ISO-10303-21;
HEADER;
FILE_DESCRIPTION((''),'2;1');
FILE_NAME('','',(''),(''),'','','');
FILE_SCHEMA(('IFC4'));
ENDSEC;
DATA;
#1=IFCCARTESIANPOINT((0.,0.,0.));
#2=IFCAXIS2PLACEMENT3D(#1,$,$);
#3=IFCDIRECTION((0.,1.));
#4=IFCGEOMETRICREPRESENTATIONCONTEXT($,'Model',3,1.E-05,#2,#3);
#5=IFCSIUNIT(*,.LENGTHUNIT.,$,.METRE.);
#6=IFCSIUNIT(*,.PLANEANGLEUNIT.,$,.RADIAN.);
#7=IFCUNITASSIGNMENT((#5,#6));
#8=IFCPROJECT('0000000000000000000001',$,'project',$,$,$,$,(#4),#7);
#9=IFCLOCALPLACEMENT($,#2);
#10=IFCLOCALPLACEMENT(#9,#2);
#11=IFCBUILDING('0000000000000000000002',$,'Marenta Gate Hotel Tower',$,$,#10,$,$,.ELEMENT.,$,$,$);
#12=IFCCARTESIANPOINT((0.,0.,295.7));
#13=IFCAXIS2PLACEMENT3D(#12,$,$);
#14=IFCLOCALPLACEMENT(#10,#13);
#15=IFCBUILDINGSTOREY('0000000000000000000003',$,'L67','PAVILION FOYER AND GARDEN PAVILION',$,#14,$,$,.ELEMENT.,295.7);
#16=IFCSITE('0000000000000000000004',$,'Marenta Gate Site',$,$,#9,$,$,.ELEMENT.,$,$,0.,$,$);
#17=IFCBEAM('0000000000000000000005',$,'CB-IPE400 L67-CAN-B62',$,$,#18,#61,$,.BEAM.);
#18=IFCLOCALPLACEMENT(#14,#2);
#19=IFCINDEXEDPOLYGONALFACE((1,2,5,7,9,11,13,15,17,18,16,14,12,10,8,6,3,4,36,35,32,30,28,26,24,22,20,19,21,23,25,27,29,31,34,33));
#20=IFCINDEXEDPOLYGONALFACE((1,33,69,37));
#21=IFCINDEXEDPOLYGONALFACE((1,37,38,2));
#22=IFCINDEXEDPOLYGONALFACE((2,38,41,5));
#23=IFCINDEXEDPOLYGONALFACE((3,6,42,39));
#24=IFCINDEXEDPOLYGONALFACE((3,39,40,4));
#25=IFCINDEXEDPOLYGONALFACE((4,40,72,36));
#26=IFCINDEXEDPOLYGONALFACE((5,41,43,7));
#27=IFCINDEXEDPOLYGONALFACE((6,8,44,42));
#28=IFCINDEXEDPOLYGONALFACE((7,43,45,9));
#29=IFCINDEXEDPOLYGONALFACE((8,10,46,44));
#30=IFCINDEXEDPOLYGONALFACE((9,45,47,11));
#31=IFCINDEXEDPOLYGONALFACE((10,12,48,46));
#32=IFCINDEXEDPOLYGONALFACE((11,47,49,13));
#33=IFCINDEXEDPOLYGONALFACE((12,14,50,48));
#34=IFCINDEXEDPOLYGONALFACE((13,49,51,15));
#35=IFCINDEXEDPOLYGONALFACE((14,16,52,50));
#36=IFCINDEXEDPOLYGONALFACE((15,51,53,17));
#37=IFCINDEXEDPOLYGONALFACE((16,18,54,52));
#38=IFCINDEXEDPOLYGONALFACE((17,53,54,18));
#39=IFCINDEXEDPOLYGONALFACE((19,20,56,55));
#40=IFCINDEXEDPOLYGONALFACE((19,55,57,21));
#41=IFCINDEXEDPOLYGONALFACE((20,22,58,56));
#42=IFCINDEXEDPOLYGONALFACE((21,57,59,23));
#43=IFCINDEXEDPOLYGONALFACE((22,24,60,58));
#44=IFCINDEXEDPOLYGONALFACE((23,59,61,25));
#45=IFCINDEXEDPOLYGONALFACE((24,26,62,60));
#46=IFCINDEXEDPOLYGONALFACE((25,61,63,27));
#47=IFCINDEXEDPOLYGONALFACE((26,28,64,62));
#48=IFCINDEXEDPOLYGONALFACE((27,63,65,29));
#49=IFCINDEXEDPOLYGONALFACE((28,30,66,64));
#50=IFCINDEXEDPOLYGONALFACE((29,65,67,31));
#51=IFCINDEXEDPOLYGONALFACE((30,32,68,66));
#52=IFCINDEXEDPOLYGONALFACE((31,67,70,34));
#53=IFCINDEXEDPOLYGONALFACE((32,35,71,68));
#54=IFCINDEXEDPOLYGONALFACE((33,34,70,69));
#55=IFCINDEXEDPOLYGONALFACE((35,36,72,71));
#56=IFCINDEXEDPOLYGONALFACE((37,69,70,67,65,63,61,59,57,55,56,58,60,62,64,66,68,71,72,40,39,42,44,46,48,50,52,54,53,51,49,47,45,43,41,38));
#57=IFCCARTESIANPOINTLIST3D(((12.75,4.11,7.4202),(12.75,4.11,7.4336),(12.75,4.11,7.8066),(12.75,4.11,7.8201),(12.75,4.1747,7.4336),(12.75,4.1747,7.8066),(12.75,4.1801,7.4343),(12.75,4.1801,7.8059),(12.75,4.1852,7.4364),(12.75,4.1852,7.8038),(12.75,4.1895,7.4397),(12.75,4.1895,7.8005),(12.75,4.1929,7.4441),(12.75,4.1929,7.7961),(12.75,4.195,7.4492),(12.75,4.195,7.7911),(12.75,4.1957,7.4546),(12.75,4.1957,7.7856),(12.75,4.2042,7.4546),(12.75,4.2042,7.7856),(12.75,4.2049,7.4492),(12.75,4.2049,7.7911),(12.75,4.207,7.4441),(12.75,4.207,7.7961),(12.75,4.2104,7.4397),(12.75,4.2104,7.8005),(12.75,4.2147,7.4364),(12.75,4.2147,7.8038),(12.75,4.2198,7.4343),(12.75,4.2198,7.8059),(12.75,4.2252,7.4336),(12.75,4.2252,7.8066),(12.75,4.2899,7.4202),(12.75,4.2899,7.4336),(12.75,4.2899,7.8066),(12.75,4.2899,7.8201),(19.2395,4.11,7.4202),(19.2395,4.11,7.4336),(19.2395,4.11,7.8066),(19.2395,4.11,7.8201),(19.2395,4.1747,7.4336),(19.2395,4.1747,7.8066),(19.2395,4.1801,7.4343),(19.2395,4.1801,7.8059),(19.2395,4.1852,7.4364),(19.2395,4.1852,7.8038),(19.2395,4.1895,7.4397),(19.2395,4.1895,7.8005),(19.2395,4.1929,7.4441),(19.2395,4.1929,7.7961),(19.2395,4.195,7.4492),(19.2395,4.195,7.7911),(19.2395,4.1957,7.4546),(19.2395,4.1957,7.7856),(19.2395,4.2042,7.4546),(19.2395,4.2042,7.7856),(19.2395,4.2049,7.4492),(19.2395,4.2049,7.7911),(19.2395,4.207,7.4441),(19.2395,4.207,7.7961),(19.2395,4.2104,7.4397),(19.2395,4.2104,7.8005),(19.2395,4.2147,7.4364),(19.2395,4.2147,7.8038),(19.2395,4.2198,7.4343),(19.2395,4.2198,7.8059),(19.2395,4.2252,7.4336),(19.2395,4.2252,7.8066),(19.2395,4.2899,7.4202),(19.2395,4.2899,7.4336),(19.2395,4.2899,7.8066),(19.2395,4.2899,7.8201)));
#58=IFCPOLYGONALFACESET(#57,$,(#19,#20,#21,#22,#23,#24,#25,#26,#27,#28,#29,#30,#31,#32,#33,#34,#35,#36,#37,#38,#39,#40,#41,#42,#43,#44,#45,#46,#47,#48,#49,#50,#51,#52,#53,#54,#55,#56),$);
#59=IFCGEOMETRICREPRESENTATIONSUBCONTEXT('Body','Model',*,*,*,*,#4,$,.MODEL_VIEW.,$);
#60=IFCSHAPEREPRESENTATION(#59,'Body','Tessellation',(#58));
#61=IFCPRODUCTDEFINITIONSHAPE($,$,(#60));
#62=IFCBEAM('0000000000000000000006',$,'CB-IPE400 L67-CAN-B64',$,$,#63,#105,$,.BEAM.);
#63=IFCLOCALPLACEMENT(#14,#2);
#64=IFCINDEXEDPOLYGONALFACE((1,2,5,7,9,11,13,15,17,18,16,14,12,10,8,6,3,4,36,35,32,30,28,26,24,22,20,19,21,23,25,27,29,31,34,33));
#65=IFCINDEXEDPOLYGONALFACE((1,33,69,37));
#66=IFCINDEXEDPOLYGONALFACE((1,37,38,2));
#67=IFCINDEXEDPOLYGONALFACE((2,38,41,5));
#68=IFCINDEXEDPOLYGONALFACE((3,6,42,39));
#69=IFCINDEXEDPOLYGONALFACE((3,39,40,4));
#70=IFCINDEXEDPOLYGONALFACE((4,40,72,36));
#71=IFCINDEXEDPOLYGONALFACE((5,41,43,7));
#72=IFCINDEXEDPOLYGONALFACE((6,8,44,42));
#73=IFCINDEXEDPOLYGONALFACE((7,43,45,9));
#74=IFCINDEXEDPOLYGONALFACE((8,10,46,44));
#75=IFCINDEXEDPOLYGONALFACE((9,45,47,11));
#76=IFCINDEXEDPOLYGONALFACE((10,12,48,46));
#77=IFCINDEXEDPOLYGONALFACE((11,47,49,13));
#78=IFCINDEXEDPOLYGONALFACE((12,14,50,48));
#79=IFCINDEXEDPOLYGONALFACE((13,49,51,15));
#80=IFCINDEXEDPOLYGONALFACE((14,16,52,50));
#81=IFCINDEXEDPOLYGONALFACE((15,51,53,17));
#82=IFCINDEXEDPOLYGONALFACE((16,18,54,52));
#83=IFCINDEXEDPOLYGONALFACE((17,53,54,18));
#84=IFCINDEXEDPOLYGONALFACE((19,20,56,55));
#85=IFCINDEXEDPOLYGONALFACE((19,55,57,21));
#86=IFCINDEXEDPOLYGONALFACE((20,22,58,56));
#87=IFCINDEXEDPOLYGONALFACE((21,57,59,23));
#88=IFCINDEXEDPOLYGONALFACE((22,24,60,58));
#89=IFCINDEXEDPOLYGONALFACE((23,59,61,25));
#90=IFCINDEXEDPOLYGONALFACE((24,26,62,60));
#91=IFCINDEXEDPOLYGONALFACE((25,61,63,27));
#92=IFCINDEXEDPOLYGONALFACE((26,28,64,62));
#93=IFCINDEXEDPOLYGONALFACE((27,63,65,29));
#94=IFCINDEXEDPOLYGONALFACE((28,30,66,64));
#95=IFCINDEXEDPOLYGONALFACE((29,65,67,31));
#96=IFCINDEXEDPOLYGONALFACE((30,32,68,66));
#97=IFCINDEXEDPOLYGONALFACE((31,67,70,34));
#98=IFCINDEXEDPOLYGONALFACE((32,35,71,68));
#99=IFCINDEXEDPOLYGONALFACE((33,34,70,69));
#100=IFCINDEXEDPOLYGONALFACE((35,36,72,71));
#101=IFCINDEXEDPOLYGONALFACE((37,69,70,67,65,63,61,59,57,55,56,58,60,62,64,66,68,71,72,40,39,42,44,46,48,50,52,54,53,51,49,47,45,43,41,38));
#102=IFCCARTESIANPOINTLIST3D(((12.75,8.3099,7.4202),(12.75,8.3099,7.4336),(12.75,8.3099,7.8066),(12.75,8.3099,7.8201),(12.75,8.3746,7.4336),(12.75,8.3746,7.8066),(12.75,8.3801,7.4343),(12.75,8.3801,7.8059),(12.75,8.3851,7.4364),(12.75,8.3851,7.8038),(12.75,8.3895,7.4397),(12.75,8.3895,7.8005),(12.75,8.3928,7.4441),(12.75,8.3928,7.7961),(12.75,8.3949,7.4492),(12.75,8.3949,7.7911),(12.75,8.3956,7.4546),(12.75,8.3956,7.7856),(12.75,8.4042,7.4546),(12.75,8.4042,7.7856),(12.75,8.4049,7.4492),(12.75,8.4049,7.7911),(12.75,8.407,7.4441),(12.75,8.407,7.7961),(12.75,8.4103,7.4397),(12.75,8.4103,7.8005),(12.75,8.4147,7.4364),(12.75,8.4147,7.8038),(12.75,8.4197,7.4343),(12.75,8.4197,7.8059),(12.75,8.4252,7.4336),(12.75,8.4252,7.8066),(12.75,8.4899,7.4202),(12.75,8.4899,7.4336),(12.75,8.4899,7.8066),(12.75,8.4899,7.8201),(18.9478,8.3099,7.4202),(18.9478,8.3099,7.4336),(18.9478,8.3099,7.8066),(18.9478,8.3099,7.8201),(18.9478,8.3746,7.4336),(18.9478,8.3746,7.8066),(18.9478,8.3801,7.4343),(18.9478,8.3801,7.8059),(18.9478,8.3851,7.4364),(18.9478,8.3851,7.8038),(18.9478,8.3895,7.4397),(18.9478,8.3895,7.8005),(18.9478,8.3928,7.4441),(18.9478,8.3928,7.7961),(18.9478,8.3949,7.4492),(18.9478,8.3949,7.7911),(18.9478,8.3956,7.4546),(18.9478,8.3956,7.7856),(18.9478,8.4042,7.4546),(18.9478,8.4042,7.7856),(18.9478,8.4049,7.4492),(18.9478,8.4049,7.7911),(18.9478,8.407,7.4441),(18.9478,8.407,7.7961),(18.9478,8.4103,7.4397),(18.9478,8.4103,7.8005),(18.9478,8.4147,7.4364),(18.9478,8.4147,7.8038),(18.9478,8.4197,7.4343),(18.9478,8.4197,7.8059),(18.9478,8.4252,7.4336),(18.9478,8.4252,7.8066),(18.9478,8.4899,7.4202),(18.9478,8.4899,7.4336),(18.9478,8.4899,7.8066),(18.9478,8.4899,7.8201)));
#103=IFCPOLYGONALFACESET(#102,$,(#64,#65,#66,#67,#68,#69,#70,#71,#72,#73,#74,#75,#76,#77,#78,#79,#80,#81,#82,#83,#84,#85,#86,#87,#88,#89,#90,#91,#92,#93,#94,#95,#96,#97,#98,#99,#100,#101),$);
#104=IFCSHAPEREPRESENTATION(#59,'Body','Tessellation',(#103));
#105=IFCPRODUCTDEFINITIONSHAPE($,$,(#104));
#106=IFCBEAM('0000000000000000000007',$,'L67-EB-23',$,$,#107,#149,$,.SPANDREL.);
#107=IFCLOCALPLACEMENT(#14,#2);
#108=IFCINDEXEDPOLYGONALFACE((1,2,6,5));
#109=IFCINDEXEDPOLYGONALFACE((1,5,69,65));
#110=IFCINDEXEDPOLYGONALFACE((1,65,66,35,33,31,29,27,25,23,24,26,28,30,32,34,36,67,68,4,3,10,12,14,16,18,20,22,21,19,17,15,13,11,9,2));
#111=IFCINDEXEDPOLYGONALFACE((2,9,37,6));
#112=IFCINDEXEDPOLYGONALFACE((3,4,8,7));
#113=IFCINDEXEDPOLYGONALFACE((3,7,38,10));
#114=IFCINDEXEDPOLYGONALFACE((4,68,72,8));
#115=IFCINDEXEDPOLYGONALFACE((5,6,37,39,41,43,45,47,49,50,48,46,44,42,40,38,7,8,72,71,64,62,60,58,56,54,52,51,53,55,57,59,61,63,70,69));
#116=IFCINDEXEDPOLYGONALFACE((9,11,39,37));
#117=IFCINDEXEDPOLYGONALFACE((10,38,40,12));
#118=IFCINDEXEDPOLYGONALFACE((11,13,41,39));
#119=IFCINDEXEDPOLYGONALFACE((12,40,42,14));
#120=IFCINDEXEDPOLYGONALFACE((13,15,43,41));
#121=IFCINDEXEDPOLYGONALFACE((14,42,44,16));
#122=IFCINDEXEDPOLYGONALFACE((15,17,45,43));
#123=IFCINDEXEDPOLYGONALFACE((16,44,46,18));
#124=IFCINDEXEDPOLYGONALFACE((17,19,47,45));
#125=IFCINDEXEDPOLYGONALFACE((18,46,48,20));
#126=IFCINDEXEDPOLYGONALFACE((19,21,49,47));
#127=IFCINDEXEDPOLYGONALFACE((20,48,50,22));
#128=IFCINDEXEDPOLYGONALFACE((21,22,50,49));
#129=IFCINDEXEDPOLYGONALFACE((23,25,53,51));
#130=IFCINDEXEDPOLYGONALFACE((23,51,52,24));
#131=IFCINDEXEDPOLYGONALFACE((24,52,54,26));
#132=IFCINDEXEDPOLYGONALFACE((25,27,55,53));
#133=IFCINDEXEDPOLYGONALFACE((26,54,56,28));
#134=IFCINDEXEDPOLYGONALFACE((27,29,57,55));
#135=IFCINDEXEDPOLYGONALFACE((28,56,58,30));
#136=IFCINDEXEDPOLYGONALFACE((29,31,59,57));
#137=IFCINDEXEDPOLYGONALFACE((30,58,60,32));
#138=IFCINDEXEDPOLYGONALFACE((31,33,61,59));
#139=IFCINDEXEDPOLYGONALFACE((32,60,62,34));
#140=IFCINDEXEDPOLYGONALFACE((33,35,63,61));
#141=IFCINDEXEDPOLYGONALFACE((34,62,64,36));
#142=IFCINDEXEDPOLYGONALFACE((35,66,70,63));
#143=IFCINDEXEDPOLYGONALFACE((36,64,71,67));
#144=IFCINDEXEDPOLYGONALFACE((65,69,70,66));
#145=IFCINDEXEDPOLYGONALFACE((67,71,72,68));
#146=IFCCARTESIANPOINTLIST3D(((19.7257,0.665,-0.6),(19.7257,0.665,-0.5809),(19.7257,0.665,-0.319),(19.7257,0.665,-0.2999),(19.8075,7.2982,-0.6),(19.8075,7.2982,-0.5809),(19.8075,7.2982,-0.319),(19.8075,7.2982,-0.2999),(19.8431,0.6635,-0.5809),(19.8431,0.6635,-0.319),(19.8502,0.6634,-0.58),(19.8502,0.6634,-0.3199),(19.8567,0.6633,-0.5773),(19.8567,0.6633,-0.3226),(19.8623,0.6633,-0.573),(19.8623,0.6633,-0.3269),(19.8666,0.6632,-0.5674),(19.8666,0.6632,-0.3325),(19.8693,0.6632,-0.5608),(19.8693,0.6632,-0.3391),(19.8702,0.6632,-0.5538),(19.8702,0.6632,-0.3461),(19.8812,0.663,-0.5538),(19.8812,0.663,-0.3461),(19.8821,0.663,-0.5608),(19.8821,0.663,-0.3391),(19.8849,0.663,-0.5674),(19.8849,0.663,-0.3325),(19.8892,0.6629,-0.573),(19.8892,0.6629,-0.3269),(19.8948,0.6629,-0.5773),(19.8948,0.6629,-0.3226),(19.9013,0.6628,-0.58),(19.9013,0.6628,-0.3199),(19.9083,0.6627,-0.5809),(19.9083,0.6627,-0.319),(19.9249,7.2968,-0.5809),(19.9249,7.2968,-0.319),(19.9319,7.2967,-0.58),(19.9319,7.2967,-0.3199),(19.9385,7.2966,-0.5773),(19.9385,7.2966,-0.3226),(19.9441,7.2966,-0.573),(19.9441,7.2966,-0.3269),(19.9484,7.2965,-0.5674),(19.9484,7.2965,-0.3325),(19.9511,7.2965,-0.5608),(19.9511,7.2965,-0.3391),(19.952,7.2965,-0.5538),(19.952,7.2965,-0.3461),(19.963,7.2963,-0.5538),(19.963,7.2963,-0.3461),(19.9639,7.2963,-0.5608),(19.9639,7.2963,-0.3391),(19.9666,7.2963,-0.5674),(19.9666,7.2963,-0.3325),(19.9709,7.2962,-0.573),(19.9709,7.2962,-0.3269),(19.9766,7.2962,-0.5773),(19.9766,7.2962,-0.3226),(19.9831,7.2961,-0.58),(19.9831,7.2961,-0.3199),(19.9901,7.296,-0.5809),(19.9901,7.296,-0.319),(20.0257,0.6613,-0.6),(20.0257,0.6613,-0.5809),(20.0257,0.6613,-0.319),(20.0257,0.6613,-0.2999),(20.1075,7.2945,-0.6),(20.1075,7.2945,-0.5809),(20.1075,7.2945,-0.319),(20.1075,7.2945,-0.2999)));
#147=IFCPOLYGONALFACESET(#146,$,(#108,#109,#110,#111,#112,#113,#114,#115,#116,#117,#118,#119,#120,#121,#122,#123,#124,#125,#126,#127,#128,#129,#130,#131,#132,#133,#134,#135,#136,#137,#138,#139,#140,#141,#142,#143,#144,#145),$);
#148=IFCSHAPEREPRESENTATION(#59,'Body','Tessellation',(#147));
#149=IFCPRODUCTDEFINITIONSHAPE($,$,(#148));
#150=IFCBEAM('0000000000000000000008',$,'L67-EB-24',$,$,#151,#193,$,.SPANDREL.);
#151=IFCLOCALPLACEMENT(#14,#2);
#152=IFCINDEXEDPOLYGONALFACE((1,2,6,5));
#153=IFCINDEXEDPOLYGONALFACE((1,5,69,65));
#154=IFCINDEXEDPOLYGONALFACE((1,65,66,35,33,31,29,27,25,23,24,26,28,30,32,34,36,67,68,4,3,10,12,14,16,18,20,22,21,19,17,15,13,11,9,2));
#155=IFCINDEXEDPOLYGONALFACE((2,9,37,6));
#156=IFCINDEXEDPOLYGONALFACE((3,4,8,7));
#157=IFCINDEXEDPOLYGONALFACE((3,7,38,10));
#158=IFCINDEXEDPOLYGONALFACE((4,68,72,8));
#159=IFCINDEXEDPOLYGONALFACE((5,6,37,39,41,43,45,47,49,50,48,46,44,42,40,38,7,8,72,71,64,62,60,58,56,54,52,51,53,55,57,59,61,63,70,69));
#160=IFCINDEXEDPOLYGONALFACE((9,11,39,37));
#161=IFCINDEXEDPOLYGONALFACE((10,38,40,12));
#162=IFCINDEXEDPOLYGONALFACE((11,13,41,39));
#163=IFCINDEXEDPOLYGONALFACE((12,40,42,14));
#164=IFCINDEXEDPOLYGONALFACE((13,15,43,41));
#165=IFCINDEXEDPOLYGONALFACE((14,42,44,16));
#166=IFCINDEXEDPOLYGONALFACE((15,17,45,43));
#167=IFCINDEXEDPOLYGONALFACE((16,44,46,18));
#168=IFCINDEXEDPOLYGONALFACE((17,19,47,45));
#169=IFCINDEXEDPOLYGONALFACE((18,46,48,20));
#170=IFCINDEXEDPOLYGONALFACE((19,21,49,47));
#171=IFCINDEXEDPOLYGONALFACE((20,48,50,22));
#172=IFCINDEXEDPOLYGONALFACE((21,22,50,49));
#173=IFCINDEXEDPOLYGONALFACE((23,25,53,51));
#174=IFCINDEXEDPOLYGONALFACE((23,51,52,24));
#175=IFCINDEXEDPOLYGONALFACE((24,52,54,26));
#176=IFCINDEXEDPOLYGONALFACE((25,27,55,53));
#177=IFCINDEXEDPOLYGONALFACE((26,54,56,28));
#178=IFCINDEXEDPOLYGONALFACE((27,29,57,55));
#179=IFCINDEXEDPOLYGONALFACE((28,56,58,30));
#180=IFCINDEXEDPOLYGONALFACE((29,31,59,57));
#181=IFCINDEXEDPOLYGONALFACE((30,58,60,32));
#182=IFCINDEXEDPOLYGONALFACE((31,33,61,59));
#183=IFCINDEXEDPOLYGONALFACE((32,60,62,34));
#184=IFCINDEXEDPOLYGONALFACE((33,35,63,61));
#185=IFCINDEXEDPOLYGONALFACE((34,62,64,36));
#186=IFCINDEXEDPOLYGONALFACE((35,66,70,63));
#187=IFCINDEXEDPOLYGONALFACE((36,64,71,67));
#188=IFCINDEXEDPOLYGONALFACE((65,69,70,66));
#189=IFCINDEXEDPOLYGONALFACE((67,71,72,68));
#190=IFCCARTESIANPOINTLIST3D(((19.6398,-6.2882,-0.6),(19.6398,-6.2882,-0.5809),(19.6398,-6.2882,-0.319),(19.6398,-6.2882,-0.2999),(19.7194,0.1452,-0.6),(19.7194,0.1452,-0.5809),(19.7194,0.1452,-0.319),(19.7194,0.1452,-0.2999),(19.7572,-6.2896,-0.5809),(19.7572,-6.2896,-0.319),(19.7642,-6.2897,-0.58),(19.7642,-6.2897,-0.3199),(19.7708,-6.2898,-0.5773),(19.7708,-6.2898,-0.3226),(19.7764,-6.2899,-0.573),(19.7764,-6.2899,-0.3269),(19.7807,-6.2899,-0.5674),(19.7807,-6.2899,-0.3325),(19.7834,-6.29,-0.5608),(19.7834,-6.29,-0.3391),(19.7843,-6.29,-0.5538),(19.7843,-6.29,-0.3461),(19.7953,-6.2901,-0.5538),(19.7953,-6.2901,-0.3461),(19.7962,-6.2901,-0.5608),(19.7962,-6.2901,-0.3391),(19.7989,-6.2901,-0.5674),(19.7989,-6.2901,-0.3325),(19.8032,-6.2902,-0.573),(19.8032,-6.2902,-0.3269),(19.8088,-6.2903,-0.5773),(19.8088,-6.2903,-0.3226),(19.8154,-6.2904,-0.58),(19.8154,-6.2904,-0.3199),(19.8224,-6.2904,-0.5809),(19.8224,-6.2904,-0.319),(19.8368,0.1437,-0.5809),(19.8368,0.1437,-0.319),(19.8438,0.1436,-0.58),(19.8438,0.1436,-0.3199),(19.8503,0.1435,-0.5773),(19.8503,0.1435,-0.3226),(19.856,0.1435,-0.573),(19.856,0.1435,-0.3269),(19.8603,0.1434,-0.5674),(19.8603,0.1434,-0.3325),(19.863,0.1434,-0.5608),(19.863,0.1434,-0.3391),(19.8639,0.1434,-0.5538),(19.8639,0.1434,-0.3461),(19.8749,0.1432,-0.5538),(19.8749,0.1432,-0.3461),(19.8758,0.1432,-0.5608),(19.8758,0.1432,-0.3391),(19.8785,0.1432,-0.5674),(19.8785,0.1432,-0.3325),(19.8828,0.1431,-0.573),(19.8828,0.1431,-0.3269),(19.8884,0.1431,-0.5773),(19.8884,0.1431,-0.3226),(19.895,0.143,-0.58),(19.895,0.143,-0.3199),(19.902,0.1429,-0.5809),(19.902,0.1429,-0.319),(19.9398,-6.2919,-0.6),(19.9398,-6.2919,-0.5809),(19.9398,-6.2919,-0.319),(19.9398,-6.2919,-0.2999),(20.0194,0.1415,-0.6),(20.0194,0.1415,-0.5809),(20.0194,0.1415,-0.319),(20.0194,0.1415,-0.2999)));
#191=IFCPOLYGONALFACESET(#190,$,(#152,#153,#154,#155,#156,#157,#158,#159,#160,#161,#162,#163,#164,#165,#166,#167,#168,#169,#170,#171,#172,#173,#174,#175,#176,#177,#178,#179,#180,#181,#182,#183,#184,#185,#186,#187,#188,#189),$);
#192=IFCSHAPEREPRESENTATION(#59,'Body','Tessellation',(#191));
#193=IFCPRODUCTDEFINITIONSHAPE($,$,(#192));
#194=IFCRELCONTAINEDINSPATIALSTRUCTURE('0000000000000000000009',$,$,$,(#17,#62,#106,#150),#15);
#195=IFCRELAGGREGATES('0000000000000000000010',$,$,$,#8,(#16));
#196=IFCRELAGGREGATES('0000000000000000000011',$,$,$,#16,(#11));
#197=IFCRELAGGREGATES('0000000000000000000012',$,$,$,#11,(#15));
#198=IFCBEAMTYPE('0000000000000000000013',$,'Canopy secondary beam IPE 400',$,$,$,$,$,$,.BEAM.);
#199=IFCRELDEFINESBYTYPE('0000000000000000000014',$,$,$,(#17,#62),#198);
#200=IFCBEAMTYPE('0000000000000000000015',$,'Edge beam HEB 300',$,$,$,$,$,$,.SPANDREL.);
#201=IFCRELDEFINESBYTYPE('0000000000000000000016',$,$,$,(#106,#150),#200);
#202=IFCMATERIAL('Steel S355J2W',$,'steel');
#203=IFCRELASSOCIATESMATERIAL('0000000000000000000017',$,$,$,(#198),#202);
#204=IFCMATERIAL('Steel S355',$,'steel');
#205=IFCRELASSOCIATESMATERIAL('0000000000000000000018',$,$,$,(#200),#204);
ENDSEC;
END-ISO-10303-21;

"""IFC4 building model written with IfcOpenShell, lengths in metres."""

from ifc_helpers import new_model, si_unit, direction, frame, origin, origin_2d, place, context, subcontext, project, spatial, i_section, extrude, material, material_profile, profile_set, type_object, element, save


model = new_model("IFC4")

# Units and contexts
model_context = context("Model", 3, precision=1e-05, world=origin(), true_north=direction((0.0, 1.0)))
body_context = subcontext(model_context, "Body", "Model", "MODEL_VIEW")
ifc_project = project(units=[si_unit("LENGTHUNIT", "METRE"), si_unit("PLANEANGLEUNIT", "RADIAN")], contexts=[model_context])

# Site, building, storey
site_placement = place(None, origin())
site = spatial("IfcSite", under=ifc_project, at=site_placement, Name="Marenta Gate Site", CompositionType="ELEMENT", RefElevation=0.0)
building_placement = place(site_placement, origin())
building = spatial("IfcBuilding", under=site, at=building_placement, Name="Marenta Gate Hotel Tower", CompositionType="ELEMENT")
storey_placement = place(building_placement, frame((0.0, 0.0, 295.7)))
storey = spatial("IfcBuildingStorey", under=building, at=storey_placement, Name="L67", Description="PAVILION FOYER AND GARDEN PAVILION", CompositionType="ELEMENT", Elevation=295.7)

# Beams
ifc_material_1 = material(Name="Steel S355J2W", Category="steel")
ifc_material_profile_1 = material_profile(ifc_material_1, i_section(OverallWidth=0.1799, OverallDepth=0.3999, WebThickness=0.0085, FlangeThickness=0.0134, FilletRadius=0.021, at=origin_2d()), Name="IPE 400")
ifc_profile_set_1 = profile_set([ifc_material_profile_1], Name="Steel S355J2W")
beam_type_1 = type_object("IfcBeamType", Name="Canopy secondary beam IPE 400", PredefinedType="BEAM", material=ifc_profile_set_1)
beam_1_placement = place(storey_placement, frame((12.75, 4.2, 7.6201), z_axis=(1.0, 0.0, 0.0), x_axis=(0.0, 1.0, 0.0)))
element("IfcBeam", 1, at=beam_1_placement, inside=storey, type_object=beam_type_1, Name="CB-IPE400 L67-CAN-B62", PredefinedType="BEAM", context=body_context, shape_type="SweptSolid", body=[
    extrude(i_section(OverallWidth=0.1799, OverallDepth=0.3999, WebThickness=0.0085, FlangeThickness=0.0134, FilletRadius=0.021, at=origin_2d()), origin(), (0.0, 0.0, 1.0), 6.4895),
])
beam_2_placement = place(storey_placement, frame((12.75, 8.3999, 7.6201), z_axis=(1.0, 0.0, 0.0), x_axis=(0.0, 1.0, 0.0)))
element("IfcBeam", 2, at=beam_2_placement, inside=storey, type_object=beam_type_1, Name="CB-IPE400 L67-CAN-B64", PredefinedType="BEAM", context=body_context, shape_type="SweptSolid", body=[
    extrude(i_section(OverallWidth=0.1799, OverallDepth=0.3999, WebThickness=0.0085, FlangeThickness=0.0134, FilletRadius=0.021, at=origin_2d()), origin(), (0.0, 0.0, 1.0), 6.1978),
])
ifc_material_2 = material(Name="Steel S355", Category="steel")
ifc_material_profile_2 = material_profile(ifc_material_2, i_section(OverallWidth=0.3, OverallDepth=0.3, WebThickness=0.011, FlangeThickness=0.019, FilletRadius=0.0271, at=origin_2d()), Name="HEB 300")
ifc_profile_set_2 = profile_set([ifc_material_profile_2], Name="Steel S355")
beam_type_2 = type_object("IfcBeamType", Name="Edge beam HEB 300", PredefinedType="SPANDREL", material=ifc_profile_set_2)
beam_3_placement = place(storey_placement, frame((19.9575, 7.2964, -0.45), z_axis=(-0.012329, -0.999924, 0.0), x_axis=(0.999924, -0.012329, 0.0)))
element("IfcBeam", 3, at=beam_3_placement, inside=storey, type_object=beam_type_2, Name="L67-EB-23", PredefinedType="SPANDREL", context=body_context, shape_type="SweptSolid", body=[
    extrude(i_section(OverallWidth=0.3, OverallDepth=0.3, WebThickness=0.011, FlangeThickness=0.019, FilletRadius=0.0271, at=origin_2d()), origin(), (0.0, 0.0, 1.0), 6.6338),
])
beam_4_placement = place(storey_placement, frame((19.8694, 0.1433, -0.45), z_axis=(-0.012371, -0.999923, 0.0), x_axis=(0.999923, -0.012371, 0.0)))
element("IfcBeam", 4, at=beam_4_placement, inside=storey, type_object=beam_type_2, Name="L67-EB-24", PredefinedType="SPANDREL", context=body_context, shape_type="SweptSolid", body=[
    extrude(i_section(OverallWidth=0.3, OverallDepth=0.3, WebThickness=0.011, FlangeThickness=0.019, FilletRadius=0.0271, at=origin_2d()), origin(), (0.0, 0.0, 1.0), 6.4338),
])

save(model, "model.ifc")
